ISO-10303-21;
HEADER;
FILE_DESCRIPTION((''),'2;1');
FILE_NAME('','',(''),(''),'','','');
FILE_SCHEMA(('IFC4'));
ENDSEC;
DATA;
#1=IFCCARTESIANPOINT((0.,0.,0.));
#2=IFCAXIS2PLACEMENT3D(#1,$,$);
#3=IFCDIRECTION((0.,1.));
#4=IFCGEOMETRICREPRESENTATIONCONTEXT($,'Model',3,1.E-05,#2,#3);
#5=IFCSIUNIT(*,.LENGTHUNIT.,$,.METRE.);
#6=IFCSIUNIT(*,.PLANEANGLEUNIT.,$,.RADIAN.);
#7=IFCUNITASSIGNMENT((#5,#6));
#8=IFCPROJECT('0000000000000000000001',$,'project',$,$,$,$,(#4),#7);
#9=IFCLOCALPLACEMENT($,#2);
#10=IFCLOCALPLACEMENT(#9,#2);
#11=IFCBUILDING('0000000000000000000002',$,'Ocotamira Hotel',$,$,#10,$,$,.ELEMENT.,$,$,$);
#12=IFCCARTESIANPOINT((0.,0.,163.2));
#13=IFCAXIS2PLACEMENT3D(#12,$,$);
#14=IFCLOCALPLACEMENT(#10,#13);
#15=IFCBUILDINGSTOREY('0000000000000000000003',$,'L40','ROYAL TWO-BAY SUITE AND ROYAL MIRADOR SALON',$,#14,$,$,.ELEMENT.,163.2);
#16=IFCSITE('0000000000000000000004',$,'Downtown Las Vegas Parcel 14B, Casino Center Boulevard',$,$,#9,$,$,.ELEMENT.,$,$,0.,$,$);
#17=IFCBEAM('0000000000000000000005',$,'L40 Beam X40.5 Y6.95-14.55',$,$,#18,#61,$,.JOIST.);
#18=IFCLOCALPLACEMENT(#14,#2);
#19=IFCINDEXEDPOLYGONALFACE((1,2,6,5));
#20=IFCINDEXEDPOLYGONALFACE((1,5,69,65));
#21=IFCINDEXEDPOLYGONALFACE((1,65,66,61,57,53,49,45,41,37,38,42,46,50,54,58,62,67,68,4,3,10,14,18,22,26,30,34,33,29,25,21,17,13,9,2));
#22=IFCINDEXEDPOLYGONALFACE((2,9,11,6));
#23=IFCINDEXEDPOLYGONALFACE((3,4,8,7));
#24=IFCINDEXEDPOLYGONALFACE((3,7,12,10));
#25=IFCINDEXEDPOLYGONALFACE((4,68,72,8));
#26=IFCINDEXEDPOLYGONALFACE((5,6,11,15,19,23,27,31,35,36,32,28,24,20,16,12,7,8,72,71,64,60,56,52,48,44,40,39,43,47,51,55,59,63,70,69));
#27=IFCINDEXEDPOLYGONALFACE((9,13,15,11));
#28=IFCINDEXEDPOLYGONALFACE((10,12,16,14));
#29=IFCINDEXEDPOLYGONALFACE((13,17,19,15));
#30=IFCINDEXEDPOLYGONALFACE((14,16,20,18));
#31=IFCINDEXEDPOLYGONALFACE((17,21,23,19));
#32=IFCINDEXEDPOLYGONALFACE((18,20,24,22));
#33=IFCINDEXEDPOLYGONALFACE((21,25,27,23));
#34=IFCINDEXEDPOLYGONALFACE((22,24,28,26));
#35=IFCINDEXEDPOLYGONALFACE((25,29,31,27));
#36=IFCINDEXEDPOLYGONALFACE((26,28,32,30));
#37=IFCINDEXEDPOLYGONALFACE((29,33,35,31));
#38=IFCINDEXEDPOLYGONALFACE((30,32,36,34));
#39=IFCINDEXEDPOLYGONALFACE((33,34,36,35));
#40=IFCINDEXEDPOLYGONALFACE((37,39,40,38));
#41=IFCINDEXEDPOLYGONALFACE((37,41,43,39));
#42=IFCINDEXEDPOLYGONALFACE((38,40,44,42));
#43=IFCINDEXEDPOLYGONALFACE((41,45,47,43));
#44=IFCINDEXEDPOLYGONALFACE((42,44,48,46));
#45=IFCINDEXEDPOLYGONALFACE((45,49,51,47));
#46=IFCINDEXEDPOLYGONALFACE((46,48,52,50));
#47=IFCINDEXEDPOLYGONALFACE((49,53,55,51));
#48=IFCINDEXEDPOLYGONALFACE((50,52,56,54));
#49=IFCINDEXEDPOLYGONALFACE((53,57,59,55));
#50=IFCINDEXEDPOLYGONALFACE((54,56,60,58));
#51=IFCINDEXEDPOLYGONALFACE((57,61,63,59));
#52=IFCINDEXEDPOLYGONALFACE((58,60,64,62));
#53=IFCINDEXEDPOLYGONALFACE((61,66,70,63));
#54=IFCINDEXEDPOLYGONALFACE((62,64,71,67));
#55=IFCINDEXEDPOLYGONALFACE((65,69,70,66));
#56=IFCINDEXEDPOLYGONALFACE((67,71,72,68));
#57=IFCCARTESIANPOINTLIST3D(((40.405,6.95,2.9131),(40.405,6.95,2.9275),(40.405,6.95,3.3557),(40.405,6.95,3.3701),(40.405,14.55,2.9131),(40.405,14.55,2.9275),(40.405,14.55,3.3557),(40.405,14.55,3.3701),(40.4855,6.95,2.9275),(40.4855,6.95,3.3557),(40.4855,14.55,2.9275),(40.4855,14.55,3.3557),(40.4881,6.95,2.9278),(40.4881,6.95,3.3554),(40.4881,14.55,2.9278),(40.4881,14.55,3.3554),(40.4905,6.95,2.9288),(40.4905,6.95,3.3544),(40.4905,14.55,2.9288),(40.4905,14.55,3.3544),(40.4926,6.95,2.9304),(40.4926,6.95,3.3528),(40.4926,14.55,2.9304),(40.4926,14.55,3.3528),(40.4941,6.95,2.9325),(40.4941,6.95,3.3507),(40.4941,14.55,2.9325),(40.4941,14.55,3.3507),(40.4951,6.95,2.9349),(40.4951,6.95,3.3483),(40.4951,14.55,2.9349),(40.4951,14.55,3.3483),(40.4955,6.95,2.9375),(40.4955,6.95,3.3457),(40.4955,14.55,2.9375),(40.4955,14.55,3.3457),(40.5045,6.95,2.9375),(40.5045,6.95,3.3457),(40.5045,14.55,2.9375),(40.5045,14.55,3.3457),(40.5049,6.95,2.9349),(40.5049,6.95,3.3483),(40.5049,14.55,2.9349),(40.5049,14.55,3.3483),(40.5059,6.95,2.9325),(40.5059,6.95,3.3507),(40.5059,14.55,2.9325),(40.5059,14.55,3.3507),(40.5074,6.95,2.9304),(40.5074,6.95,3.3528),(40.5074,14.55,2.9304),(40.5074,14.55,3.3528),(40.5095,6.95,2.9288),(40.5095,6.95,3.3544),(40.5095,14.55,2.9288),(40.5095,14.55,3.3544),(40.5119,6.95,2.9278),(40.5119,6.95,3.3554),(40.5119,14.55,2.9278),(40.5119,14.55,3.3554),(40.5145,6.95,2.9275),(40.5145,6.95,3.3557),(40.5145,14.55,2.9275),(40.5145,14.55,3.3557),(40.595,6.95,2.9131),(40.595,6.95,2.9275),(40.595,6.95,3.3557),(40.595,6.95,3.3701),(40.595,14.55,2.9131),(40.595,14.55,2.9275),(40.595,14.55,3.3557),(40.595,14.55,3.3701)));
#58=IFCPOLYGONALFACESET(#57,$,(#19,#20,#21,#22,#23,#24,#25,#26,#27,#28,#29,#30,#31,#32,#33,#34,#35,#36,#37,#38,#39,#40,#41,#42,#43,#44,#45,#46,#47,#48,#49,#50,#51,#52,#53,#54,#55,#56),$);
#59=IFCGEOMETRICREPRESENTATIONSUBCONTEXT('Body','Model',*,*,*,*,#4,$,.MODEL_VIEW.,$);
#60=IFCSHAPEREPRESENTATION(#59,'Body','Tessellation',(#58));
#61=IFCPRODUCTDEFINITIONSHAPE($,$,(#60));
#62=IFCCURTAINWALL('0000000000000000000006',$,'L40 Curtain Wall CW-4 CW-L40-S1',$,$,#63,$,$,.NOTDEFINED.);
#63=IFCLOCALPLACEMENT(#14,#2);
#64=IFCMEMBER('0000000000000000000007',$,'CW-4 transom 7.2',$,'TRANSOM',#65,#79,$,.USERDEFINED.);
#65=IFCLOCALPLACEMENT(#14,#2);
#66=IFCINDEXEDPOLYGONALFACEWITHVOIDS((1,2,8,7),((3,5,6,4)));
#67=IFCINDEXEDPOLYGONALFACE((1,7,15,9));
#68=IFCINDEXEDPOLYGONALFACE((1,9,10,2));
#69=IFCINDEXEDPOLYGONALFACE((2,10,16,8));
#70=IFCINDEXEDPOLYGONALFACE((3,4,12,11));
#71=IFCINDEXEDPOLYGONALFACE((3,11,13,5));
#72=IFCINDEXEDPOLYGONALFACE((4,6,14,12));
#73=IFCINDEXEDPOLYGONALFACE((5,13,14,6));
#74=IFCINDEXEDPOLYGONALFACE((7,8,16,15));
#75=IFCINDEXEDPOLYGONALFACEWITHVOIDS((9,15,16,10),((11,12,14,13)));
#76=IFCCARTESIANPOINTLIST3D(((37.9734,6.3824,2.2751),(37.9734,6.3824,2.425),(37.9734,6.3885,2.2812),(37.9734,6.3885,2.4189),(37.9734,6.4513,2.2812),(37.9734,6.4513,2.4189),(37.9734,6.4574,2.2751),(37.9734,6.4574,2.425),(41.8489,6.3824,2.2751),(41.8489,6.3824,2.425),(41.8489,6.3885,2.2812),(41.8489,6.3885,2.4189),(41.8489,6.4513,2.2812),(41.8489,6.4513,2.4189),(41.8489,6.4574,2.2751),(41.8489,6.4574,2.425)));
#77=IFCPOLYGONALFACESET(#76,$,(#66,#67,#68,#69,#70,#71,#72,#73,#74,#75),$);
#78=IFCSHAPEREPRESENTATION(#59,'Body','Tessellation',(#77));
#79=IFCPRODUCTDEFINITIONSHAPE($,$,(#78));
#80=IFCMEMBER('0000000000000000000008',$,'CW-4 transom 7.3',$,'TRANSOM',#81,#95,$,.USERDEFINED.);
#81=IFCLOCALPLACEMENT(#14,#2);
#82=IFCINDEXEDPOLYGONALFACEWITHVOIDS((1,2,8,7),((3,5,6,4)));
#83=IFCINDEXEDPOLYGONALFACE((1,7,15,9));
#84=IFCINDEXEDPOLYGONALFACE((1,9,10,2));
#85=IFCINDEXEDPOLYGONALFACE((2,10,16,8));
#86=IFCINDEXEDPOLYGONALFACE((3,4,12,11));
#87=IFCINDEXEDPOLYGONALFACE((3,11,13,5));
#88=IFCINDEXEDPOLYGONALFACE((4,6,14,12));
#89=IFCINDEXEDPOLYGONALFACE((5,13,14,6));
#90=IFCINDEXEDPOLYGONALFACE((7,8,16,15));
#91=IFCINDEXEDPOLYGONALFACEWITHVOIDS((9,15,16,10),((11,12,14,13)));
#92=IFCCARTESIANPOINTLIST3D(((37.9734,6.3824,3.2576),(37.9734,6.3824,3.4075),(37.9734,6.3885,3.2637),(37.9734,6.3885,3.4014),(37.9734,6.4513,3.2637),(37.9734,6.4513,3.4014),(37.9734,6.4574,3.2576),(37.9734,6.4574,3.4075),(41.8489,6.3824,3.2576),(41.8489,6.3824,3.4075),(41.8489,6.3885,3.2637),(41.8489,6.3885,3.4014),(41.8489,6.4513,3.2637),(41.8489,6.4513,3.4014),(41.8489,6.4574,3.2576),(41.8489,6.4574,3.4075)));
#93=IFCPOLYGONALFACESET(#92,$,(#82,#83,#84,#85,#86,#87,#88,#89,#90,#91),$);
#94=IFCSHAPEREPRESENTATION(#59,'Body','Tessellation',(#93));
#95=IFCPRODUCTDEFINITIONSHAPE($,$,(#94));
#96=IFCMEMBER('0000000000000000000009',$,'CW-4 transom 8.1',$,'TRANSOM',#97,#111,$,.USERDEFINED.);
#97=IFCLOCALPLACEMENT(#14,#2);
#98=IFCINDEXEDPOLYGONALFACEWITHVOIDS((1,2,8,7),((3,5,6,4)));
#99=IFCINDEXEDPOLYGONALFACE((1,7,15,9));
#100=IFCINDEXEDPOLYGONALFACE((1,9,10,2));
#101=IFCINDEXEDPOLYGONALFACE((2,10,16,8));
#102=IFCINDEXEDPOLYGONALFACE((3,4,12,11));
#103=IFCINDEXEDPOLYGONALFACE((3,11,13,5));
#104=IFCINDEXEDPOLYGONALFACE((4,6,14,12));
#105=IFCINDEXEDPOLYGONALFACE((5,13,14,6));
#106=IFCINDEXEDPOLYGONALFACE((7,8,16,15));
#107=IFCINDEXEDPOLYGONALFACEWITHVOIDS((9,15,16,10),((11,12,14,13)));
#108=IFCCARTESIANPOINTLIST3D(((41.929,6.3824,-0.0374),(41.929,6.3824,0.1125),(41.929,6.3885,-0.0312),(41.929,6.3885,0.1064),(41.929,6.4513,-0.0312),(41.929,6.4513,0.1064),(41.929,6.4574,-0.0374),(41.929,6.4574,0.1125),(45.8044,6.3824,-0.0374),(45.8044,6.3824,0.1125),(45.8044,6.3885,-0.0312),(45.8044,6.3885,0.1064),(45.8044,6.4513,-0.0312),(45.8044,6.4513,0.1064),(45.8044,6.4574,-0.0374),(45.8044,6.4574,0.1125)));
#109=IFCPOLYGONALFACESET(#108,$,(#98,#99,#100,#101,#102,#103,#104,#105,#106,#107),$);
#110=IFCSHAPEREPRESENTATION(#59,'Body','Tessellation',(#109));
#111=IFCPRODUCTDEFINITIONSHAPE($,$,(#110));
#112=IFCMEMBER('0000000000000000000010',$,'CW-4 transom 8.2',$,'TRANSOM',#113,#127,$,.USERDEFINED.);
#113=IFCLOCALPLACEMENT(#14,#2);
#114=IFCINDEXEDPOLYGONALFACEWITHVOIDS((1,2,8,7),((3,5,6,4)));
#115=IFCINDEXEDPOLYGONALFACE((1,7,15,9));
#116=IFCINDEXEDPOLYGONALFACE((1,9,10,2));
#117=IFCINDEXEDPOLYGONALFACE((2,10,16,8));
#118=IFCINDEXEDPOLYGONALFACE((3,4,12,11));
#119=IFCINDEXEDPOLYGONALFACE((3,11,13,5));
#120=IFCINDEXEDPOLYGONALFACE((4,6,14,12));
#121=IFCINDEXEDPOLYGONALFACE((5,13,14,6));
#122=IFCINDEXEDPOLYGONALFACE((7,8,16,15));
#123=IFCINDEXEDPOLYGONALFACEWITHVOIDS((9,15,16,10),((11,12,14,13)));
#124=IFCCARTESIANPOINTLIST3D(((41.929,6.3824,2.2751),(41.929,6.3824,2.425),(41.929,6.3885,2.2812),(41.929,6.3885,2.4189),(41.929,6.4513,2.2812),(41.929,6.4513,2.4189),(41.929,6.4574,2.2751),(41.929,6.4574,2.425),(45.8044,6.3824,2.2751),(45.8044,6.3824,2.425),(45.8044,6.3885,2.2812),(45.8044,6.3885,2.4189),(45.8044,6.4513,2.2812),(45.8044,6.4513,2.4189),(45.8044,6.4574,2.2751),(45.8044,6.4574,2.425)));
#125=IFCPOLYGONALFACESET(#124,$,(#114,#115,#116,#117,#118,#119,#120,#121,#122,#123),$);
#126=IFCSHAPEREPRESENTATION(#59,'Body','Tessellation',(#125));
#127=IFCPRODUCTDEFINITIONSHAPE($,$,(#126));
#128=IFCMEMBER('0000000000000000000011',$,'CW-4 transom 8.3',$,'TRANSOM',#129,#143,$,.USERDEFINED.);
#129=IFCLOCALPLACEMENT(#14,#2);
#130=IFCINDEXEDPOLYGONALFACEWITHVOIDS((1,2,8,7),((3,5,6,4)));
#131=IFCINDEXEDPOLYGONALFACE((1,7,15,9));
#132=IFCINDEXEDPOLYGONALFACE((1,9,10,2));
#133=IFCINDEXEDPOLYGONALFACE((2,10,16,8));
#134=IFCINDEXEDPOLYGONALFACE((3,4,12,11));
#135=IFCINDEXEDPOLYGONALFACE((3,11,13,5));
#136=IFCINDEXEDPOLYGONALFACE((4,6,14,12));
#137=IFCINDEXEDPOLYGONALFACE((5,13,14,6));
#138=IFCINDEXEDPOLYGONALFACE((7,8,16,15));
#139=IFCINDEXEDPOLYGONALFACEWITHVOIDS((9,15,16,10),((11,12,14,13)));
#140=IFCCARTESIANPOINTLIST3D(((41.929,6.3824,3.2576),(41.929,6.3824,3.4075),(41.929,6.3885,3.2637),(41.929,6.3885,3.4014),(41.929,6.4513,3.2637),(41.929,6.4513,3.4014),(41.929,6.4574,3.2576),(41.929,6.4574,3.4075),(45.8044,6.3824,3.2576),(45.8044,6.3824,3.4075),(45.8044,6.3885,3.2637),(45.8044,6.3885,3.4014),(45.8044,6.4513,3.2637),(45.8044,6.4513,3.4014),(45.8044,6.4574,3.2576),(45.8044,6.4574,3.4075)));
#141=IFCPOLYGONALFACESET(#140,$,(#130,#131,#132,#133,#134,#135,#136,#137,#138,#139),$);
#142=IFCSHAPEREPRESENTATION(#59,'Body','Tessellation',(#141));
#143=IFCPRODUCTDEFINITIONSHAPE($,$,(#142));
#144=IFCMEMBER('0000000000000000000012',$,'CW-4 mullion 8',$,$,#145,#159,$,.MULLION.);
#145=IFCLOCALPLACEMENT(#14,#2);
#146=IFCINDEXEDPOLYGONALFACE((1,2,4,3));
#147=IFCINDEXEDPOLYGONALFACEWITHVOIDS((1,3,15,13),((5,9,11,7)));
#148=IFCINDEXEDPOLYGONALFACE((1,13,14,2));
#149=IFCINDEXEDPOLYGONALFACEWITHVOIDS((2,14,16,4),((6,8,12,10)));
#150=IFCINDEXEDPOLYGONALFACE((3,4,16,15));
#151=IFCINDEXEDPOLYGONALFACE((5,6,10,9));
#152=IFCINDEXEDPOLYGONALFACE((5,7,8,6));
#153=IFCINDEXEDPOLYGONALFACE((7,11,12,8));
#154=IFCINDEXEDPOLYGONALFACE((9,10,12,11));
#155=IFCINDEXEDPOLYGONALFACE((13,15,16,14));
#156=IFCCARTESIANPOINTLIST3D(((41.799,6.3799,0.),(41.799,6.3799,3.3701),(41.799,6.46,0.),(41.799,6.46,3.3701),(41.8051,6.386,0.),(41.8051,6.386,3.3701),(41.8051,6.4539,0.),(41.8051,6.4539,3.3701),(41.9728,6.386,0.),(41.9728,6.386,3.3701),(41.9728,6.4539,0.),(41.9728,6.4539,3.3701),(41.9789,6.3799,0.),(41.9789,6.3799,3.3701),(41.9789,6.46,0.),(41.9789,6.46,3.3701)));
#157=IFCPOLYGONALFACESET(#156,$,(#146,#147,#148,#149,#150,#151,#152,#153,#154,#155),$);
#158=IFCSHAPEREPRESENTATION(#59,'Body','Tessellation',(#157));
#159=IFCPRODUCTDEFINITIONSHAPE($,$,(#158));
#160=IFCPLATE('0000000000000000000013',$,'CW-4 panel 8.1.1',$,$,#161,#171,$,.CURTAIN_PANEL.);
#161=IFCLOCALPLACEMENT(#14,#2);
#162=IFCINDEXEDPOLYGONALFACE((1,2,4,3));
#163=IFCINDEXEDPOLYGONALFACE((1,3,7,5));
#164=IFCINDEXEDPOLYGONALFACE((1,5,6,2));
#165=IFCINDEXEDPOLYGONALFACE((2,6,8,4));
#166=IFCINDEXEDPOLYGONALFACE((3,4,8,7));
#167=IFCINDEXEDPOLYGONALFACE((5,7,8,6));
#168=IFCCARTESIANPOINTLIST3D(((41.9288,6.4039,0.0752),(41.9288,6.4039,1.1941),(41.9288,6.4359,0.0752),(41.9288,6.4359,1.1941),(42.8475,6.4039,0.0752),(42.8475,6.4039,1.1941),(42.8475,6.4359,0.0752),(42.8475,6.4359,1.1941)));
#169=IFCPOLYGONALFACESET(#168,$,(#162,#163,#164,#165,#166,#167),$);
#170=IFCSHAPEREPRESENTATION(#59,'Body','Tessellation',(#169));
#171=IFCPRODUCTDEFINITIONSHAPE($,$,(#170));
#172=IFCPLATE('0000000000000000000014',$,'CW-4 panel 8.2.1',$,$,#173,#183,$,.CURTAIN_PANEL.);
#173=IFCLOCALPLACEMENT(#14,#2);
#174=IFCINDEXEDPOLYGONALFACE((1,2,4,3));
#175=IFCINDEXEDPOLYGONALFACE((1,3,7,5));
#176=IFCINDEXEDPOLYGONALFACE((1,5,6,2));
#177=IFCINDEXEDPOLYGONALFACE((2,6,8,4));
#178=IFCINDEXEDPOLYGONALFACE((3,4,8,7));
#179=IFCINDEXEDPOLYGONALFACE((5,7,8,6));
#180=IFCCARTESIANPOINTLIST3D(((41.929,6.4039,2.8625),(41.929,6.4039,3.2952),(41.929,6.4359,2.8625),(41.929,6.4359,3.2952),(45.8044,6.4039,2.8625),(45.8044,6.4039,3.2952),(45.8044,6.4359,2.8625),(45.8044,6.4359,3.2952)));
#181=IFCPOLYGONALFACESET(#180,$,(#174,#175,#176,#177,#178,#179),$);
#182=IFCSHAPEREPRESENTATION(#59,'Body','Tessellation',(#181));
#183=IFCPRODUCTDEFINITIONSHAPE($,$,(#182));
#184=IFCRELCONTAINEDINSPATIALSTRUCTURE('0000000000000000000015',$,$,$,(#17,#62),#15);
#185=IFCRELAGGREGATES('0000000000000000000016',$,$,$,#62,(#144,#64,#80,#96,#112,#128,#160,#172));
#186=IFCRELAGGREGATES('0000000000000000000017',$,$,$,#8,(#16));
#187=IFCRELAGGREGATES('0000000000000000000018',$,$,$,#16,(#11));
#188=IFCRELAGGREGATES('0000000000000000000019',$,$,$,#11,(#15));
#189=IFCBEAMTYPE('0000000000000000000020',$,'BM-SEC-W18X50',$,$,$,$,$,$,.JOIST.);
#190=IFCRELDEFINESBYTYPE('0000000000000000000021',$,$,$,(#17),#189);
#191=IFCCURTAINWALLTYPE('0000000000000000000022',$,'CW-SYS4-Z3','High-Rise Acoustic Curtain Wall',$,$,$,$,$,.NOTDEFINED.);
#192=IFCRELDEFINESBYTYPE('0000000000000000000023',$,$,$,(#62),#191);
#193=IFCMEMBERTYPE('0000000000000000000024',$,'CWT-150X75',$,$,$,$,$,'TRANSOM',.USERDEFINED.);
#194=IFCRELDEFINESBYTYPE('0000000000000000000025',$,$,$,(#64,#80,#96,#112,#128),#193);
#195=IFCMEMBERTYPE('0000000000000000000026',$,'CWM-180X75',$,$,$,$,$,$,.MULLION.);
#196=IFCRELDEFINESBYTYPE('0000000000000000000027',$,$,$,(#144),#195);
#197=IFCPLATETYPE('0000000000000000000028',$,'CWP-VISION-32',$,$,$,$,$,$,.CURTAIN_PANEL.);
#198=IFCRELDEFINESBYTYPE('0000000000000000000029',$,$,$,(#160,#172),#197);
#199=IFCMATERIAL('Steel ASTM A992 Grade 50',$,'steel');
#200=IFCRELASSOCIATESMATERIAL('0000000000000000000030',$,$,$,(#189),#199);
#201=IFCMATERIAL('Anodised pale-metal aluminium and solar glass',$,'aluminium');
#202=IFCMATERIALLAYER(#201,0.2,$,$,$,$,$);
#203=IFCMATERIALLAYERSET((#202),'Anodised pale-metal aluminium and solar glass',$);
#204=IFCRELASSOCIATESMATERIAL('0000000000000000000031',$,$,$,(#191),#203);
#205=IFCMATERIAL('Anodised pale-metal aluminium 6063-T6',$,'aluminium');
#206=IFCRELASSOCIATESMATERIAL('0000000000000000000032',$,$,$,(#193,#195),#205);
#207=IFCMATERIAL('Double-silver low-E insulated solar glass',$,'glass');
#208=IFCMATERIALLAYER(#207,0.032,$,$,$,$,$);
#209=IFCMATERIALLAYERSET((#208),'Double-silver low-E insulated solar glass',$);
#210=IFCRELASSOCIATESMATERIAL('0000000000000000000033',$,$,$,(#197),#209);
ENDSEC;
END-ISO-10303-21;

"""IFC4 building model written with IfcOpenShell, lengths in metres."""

from ifc_helpers import new_model, si_unit, direction, frame, origin, origin_2d, place, context, subcontext, project, spatial, rectangle, hollow_rectangle, i_section, extrude, source, transform, mapped, material, layer, layer_set, material_profile, profile_set, type_object, element, aggregate, save


model = new_model("IFC4")

# Units and contexts
model_context = context("Model", 3, precision=1e-05, world=origin(), true_north=direction((0.0, 1.0)))
body_context = subcontext(model_context, "Body", "Model", "MODEL_VIEW")
ifc_project = project(units=[si_unit("LENGTHUNIT", "METRE"), si_unit("PLANEANGLEUNIT", "RADIAN")], contexts=[model_context])

# Site, building, storey
site_placement = place(None, origin())
site = spatial("IfcSite", under=ifc_project, at=site_placement, Name="Downtown Las Vegas Parcel 14B, Casino Center Boulevard", CompositionType="ELEMENT", RefElevation=0.0)
building_placement = place(site_placement, origin())
building = spatial("IfcBuilding", under=site, at=building_placement, Name="Ocotamira Hotel", CompositionType="ELEMENT")
storey_placement = place(building_placement, frame((0.0, 0.0, 163.2)))
storey = spatial("IfcBuildingStorey", under=building, at=storey_placement, Name="L40", Description="ROYAL TWO-BAY SUITE AND ROYAL MIRADOR SALON", CompositionType="ELEMENT", Elevation=163.2)

# Beam
ifc_material_1 = material(Name="Steel ASTM A992 Grade 50", Category="steel")
ifc_material_profile_1 = material_profile(ifc_material_1, i_section(OverallWidth=0.1899, OverallDepth=0.457, WebThickness=0.009, FlangeThickness=0.0144, FilletRadius=0.01, at=origin_2d()), Name="W18X50")
ifc_profile_set_1 = profile_set([ifc_material_profile_1], Name="Steel ASTM A992 Grade 50")
beam_type_1 = type_object("IfcBeamType", Name="BM-SEC-W18X50", PredefinedType="JOIST", material=ifc_profile_set_1)
shared_shape_1 = source(origin(), body_context, "Body", "SweptSolid", [
    extrude(i_section(OverallWidth=0.1899, OverallDepth=0.457, WebThickness=0.009, FlangeThickness=0.0144, FilletRadius=0.01, at=origin_2d()), origin(), (0.0, 0.0, 1.0), 7.6001),
])
beam_1_placement = place(storey_placement, frame((40.5, 6.95, 3.1416), z_axis=(0.0, 1.0, 0.0), x_axis=(-1.0, 0.0, 0.0)))
element("IfcBeam", 1, at=beam_1_placement, inside=storey, type_object=beam_type_1, Name="L40 Beam X40.5 Y6.95-14.55", PredefinedType="JOIST", context=body_context, shape_type="MappedRepresentation", body=[
    mapped(shared_shape_1, transform((0.0, 0.0, 0.0), scale=1.0)),
])

# Curtain wall, members, plates
ifc_material_2 = material(Name="Anodised pale-metal aluminium and solar glass", Category="aluminium")
ifc_layer_1 = layer(ifc_material_2, 0.2)
ifc_layer_set_1 = layer_set([ifc_layer_1], Name="Anodised pale-metal aluminium and solar glass")
curtain_wall_type = type_object("IfcCurtainWallType", Name="CW-SYS4-Z3", Description="High-Rise Acoustic Curtain Wall", PredefinedType="NOTDEFINED", material=ifc_layer_set_1)
curtain_wall_placement = place(storey_placement, origin())
curtain_wall = element("IfcCurtainWall", 2, at=curtain_wall_placement, inside=storey, type_object=curtain_wall_type, Name="L40 Curtain Wall CW-4 CW-L40-S1", PredefinedType="NOTDEFINED")
ifc_material_3 = material(Name="Anodised pale-metal aluminium 6063-T6", Category="aluminium")
ifc_material_profile_2 = material_profile(ifc_material_3, hollow_rectangle(XDim=0.075, YDim=0.1499, WallThickness=0.0061, at=origin_2d()), Name="HSS150X75X6")
ifc_profile_set_2 = profile_set([ifc_material_profile_2], Name="Anodised pale-metal aluminium 6063-T6")
member_type_1 = type_object("IfcMemberType", Name="CWT-150X75", ElementType="TRANSOM", PredefinedType="USERDEFINED", material=ifc_profile_set_2)
shared_shape_2 = source(origin(), body_context, "Body", "SweptSolid", [
    extrude(hollow_rectangle(XDim=0.075, YDim=0.1499, WallThickness=0.0061, at=origin_2d()), origin(), (0.0, 0.0, 1.0), 3.8755),
])
member_1_placement = place(storey_placement, frame((37.9734, 6.4199, 2.3501), z_axis=(1.0, 0.0, 0.0), x_axis=(0.0, 1.0, 0.0)))
member_1 = element("IfcMember", 3, at=member_1_placement, type_object=member_type_1, Name="CW-4 transom 7.2", ObjectType="TRANSOM", PredefinedType="USERDEFINED", context=body_context, shape_type="MappedRepresentation", body=[
    mapped(shared_shape_2, transform((0.0, 0.0, 0.0), scale=1.0)),
])
member_2_placement = place(storey_placement, frame((37.9734, 6.4199, 3.3325), z_axis=(1.0, 0.0, 0.0), x_axis=(0.0, 1.0, 0.0)))
member_2 = element("IfcMember", 4, at=member_2_placement, type_object=member_type_1, Name="CW-4 transom 7.3", ObjectType="TRANSOM", PredefinedType="USERDEFINED", context=body_context, shape_type="MappedRepresentation", body=[
    mapped(shared_shape_2, transform((0.0, 0.0, 0.0), scale=1.0)),
])
member_3_placement = place(storey_placement, frame((41.929, 6.4199, 0.0376), z_axis=(1.0, 0.0, 0.0), x_axis=(0.0, 1.0, 0.0)))
member_3 = element("IfcMember", 5, at=member_3_placement, type_object=member_type_1, Name="CW-4 transom 8.1", ObjectType="TRANSOM", PredefinedType="USERDEFINED", context=body_context, shape_type="MappedRepresentation", body=[
    mapped(shared_shape_2, transform((0.0, 0.0, 0.0), scale=1.0)),
])
member_4_placement = place(storey_placement, frame((41.929, 6.4199, 2.3501), z_axis=(1.0, 0.0, 0.0), x_axis=(0.0, 1.0, 0.0)))
member_4 = element("IfcMember", 6, at=member_4_placement, type_object=member_type_1, Name="CW-4 transom 8.2", ObjectType="TRANSOM", PredefinedType="USERDEFINED", context=body_context, shape_type="MappedRepresentation", body=[
    mapped(shared_shape_2, transform((0.0, 0.0, 0.0), scale=1.0)),
])
member_5_placement = place(storey_placement, frame((41.929, 6.4199, 3.3325), z_axis=(1.0, 0.0, 0.0), x_axis=(0.0, 1.0, 0.0)))
member_5 = element("IfcMember", 7, at=member_5_placement, type_object=member_type_1, Name="CW-4 transom 8.3", ObjectType="TRANSOM", PredefinedType="USERDEFINED", context=body_context, shape_type="MappedRepresentation", body=[
    mapped(shared_shape_2, transform((0.0, 0.0, 0.0), scale=1.0)),
])
ifc_material_profile_3 = material_profile(ifc_material_3, hollow_rectangle(XDim=0.0801, YDim=0.1799, WallThickness=0.0061, at=origin_2d()), Name="HSS180X80X6")
ifc_profile_set_3 = profile_set([ifc_material_profile_3], Name="Anodised pale-metal aluminium 6063-T6")
member_type_2 = type_object("IfcMemberType", Name="CWM-180X75", PredefinedType="MULLION", material=ifc_profile_set_3)
shared_shape_3 = source(origin(), body_context, "Body", "SweptSolid", [
    extrude(hollow_rectangle(XDim=0.0801, YDim=0.1799, WallThickness=0.0061, at=origin_2d()), origin(), (0.0, 0.0, 1.0), 3.3701),
])
member_6_placement = place(storey_placement, frame((41.8889, 6.4199, 0.0), z_axis=(0.0, 0.0, 1.0), x_axis=(0.0, 1.0, 0.0)))
member_6 = element("IfcMember", 8, at=member_6_placement, type_object=member_type_2, Name="CW-4 mullion 8", PredefinedType="MULLION", context=body_context, shape_type="MappedRepresentation", body=[
    mapped(shared_shape_3, transform((0.0, 0.0, 0.0), scale=1.0)),
])
ifc_material_4 = material(Name="Double-silver low-E insulated solar glass", Category="glass")
ifc_layer_2 = layer(ifc_material_4, 0.032)
ifc_layer_set_2 = layer_set([ifc_layer_2], Name="Double-silver low-E insulated solar glass")
plate_type = type_object("IfcPlateType", Name="CWP-VISION-32", PredefinedType="CURTAIN_PANEL", material=ifc_layer_set_2)
shared_shape_4 = source(origin(), body_context, "Body", "SweptSolid", [
    extrude(rectangle(XDim=0.9187, YDim=0.032, at=origin_2d()), origin(), (0.0, 0.0, 1.0), 1.1189),
])
plate_1_placement = place(storey_placement, frame((42.3882, 6.4199, 0.0752), z_axis=(0.0, 0.0, 1.0), x_axis=(1.0, 0.0, 0.0)))
plate_1 = element("IfcPlate", 9, at=plate_1_placement, type_object=plate_type, Name="CW-4 panel 8.1.1", PredefinedType="CURTAIN_PANEL", context=body_context, shape_type="MappedRepresentation", body=[
    mapped(shared_shape_4, transform((0.0, 0.0, 0.0), scale=1.0)),
])
shared_shape_5 = source(origin(), body_context, "Body", "SweptSolid", [
    extrude(rectangle(XDim=3.8755, YDim=0.032, at=origin_2d()), origin(), (0.0, 0.0, 1.0), 0.4326),
])
plate_2_placement = place(storey_placement, frame((43.8667, 6.4199, 2.8625), z_axis=(0.0, 0.0, 1.0), x_axis=(1.0, 0.0, 0.0)))
plate_2 = element("IfcPlate", 10, at=plate_2_placement, type_object=plate_type, Name="CW-4 panel 8.2.1", PredefinedType="CURTAIN_PANEL", context=body_context, shape_type="MappedRepresentation", body=[
    mapped(shared_shape_5, transform((0.0, 0.0, 0.0), scale=1.0)),
])
aggregate(curtain_wall, [member_6, member_1, member_2, member_3, member_4, member_5, plate_1, plate_2])

save(model, "model.ifc")
